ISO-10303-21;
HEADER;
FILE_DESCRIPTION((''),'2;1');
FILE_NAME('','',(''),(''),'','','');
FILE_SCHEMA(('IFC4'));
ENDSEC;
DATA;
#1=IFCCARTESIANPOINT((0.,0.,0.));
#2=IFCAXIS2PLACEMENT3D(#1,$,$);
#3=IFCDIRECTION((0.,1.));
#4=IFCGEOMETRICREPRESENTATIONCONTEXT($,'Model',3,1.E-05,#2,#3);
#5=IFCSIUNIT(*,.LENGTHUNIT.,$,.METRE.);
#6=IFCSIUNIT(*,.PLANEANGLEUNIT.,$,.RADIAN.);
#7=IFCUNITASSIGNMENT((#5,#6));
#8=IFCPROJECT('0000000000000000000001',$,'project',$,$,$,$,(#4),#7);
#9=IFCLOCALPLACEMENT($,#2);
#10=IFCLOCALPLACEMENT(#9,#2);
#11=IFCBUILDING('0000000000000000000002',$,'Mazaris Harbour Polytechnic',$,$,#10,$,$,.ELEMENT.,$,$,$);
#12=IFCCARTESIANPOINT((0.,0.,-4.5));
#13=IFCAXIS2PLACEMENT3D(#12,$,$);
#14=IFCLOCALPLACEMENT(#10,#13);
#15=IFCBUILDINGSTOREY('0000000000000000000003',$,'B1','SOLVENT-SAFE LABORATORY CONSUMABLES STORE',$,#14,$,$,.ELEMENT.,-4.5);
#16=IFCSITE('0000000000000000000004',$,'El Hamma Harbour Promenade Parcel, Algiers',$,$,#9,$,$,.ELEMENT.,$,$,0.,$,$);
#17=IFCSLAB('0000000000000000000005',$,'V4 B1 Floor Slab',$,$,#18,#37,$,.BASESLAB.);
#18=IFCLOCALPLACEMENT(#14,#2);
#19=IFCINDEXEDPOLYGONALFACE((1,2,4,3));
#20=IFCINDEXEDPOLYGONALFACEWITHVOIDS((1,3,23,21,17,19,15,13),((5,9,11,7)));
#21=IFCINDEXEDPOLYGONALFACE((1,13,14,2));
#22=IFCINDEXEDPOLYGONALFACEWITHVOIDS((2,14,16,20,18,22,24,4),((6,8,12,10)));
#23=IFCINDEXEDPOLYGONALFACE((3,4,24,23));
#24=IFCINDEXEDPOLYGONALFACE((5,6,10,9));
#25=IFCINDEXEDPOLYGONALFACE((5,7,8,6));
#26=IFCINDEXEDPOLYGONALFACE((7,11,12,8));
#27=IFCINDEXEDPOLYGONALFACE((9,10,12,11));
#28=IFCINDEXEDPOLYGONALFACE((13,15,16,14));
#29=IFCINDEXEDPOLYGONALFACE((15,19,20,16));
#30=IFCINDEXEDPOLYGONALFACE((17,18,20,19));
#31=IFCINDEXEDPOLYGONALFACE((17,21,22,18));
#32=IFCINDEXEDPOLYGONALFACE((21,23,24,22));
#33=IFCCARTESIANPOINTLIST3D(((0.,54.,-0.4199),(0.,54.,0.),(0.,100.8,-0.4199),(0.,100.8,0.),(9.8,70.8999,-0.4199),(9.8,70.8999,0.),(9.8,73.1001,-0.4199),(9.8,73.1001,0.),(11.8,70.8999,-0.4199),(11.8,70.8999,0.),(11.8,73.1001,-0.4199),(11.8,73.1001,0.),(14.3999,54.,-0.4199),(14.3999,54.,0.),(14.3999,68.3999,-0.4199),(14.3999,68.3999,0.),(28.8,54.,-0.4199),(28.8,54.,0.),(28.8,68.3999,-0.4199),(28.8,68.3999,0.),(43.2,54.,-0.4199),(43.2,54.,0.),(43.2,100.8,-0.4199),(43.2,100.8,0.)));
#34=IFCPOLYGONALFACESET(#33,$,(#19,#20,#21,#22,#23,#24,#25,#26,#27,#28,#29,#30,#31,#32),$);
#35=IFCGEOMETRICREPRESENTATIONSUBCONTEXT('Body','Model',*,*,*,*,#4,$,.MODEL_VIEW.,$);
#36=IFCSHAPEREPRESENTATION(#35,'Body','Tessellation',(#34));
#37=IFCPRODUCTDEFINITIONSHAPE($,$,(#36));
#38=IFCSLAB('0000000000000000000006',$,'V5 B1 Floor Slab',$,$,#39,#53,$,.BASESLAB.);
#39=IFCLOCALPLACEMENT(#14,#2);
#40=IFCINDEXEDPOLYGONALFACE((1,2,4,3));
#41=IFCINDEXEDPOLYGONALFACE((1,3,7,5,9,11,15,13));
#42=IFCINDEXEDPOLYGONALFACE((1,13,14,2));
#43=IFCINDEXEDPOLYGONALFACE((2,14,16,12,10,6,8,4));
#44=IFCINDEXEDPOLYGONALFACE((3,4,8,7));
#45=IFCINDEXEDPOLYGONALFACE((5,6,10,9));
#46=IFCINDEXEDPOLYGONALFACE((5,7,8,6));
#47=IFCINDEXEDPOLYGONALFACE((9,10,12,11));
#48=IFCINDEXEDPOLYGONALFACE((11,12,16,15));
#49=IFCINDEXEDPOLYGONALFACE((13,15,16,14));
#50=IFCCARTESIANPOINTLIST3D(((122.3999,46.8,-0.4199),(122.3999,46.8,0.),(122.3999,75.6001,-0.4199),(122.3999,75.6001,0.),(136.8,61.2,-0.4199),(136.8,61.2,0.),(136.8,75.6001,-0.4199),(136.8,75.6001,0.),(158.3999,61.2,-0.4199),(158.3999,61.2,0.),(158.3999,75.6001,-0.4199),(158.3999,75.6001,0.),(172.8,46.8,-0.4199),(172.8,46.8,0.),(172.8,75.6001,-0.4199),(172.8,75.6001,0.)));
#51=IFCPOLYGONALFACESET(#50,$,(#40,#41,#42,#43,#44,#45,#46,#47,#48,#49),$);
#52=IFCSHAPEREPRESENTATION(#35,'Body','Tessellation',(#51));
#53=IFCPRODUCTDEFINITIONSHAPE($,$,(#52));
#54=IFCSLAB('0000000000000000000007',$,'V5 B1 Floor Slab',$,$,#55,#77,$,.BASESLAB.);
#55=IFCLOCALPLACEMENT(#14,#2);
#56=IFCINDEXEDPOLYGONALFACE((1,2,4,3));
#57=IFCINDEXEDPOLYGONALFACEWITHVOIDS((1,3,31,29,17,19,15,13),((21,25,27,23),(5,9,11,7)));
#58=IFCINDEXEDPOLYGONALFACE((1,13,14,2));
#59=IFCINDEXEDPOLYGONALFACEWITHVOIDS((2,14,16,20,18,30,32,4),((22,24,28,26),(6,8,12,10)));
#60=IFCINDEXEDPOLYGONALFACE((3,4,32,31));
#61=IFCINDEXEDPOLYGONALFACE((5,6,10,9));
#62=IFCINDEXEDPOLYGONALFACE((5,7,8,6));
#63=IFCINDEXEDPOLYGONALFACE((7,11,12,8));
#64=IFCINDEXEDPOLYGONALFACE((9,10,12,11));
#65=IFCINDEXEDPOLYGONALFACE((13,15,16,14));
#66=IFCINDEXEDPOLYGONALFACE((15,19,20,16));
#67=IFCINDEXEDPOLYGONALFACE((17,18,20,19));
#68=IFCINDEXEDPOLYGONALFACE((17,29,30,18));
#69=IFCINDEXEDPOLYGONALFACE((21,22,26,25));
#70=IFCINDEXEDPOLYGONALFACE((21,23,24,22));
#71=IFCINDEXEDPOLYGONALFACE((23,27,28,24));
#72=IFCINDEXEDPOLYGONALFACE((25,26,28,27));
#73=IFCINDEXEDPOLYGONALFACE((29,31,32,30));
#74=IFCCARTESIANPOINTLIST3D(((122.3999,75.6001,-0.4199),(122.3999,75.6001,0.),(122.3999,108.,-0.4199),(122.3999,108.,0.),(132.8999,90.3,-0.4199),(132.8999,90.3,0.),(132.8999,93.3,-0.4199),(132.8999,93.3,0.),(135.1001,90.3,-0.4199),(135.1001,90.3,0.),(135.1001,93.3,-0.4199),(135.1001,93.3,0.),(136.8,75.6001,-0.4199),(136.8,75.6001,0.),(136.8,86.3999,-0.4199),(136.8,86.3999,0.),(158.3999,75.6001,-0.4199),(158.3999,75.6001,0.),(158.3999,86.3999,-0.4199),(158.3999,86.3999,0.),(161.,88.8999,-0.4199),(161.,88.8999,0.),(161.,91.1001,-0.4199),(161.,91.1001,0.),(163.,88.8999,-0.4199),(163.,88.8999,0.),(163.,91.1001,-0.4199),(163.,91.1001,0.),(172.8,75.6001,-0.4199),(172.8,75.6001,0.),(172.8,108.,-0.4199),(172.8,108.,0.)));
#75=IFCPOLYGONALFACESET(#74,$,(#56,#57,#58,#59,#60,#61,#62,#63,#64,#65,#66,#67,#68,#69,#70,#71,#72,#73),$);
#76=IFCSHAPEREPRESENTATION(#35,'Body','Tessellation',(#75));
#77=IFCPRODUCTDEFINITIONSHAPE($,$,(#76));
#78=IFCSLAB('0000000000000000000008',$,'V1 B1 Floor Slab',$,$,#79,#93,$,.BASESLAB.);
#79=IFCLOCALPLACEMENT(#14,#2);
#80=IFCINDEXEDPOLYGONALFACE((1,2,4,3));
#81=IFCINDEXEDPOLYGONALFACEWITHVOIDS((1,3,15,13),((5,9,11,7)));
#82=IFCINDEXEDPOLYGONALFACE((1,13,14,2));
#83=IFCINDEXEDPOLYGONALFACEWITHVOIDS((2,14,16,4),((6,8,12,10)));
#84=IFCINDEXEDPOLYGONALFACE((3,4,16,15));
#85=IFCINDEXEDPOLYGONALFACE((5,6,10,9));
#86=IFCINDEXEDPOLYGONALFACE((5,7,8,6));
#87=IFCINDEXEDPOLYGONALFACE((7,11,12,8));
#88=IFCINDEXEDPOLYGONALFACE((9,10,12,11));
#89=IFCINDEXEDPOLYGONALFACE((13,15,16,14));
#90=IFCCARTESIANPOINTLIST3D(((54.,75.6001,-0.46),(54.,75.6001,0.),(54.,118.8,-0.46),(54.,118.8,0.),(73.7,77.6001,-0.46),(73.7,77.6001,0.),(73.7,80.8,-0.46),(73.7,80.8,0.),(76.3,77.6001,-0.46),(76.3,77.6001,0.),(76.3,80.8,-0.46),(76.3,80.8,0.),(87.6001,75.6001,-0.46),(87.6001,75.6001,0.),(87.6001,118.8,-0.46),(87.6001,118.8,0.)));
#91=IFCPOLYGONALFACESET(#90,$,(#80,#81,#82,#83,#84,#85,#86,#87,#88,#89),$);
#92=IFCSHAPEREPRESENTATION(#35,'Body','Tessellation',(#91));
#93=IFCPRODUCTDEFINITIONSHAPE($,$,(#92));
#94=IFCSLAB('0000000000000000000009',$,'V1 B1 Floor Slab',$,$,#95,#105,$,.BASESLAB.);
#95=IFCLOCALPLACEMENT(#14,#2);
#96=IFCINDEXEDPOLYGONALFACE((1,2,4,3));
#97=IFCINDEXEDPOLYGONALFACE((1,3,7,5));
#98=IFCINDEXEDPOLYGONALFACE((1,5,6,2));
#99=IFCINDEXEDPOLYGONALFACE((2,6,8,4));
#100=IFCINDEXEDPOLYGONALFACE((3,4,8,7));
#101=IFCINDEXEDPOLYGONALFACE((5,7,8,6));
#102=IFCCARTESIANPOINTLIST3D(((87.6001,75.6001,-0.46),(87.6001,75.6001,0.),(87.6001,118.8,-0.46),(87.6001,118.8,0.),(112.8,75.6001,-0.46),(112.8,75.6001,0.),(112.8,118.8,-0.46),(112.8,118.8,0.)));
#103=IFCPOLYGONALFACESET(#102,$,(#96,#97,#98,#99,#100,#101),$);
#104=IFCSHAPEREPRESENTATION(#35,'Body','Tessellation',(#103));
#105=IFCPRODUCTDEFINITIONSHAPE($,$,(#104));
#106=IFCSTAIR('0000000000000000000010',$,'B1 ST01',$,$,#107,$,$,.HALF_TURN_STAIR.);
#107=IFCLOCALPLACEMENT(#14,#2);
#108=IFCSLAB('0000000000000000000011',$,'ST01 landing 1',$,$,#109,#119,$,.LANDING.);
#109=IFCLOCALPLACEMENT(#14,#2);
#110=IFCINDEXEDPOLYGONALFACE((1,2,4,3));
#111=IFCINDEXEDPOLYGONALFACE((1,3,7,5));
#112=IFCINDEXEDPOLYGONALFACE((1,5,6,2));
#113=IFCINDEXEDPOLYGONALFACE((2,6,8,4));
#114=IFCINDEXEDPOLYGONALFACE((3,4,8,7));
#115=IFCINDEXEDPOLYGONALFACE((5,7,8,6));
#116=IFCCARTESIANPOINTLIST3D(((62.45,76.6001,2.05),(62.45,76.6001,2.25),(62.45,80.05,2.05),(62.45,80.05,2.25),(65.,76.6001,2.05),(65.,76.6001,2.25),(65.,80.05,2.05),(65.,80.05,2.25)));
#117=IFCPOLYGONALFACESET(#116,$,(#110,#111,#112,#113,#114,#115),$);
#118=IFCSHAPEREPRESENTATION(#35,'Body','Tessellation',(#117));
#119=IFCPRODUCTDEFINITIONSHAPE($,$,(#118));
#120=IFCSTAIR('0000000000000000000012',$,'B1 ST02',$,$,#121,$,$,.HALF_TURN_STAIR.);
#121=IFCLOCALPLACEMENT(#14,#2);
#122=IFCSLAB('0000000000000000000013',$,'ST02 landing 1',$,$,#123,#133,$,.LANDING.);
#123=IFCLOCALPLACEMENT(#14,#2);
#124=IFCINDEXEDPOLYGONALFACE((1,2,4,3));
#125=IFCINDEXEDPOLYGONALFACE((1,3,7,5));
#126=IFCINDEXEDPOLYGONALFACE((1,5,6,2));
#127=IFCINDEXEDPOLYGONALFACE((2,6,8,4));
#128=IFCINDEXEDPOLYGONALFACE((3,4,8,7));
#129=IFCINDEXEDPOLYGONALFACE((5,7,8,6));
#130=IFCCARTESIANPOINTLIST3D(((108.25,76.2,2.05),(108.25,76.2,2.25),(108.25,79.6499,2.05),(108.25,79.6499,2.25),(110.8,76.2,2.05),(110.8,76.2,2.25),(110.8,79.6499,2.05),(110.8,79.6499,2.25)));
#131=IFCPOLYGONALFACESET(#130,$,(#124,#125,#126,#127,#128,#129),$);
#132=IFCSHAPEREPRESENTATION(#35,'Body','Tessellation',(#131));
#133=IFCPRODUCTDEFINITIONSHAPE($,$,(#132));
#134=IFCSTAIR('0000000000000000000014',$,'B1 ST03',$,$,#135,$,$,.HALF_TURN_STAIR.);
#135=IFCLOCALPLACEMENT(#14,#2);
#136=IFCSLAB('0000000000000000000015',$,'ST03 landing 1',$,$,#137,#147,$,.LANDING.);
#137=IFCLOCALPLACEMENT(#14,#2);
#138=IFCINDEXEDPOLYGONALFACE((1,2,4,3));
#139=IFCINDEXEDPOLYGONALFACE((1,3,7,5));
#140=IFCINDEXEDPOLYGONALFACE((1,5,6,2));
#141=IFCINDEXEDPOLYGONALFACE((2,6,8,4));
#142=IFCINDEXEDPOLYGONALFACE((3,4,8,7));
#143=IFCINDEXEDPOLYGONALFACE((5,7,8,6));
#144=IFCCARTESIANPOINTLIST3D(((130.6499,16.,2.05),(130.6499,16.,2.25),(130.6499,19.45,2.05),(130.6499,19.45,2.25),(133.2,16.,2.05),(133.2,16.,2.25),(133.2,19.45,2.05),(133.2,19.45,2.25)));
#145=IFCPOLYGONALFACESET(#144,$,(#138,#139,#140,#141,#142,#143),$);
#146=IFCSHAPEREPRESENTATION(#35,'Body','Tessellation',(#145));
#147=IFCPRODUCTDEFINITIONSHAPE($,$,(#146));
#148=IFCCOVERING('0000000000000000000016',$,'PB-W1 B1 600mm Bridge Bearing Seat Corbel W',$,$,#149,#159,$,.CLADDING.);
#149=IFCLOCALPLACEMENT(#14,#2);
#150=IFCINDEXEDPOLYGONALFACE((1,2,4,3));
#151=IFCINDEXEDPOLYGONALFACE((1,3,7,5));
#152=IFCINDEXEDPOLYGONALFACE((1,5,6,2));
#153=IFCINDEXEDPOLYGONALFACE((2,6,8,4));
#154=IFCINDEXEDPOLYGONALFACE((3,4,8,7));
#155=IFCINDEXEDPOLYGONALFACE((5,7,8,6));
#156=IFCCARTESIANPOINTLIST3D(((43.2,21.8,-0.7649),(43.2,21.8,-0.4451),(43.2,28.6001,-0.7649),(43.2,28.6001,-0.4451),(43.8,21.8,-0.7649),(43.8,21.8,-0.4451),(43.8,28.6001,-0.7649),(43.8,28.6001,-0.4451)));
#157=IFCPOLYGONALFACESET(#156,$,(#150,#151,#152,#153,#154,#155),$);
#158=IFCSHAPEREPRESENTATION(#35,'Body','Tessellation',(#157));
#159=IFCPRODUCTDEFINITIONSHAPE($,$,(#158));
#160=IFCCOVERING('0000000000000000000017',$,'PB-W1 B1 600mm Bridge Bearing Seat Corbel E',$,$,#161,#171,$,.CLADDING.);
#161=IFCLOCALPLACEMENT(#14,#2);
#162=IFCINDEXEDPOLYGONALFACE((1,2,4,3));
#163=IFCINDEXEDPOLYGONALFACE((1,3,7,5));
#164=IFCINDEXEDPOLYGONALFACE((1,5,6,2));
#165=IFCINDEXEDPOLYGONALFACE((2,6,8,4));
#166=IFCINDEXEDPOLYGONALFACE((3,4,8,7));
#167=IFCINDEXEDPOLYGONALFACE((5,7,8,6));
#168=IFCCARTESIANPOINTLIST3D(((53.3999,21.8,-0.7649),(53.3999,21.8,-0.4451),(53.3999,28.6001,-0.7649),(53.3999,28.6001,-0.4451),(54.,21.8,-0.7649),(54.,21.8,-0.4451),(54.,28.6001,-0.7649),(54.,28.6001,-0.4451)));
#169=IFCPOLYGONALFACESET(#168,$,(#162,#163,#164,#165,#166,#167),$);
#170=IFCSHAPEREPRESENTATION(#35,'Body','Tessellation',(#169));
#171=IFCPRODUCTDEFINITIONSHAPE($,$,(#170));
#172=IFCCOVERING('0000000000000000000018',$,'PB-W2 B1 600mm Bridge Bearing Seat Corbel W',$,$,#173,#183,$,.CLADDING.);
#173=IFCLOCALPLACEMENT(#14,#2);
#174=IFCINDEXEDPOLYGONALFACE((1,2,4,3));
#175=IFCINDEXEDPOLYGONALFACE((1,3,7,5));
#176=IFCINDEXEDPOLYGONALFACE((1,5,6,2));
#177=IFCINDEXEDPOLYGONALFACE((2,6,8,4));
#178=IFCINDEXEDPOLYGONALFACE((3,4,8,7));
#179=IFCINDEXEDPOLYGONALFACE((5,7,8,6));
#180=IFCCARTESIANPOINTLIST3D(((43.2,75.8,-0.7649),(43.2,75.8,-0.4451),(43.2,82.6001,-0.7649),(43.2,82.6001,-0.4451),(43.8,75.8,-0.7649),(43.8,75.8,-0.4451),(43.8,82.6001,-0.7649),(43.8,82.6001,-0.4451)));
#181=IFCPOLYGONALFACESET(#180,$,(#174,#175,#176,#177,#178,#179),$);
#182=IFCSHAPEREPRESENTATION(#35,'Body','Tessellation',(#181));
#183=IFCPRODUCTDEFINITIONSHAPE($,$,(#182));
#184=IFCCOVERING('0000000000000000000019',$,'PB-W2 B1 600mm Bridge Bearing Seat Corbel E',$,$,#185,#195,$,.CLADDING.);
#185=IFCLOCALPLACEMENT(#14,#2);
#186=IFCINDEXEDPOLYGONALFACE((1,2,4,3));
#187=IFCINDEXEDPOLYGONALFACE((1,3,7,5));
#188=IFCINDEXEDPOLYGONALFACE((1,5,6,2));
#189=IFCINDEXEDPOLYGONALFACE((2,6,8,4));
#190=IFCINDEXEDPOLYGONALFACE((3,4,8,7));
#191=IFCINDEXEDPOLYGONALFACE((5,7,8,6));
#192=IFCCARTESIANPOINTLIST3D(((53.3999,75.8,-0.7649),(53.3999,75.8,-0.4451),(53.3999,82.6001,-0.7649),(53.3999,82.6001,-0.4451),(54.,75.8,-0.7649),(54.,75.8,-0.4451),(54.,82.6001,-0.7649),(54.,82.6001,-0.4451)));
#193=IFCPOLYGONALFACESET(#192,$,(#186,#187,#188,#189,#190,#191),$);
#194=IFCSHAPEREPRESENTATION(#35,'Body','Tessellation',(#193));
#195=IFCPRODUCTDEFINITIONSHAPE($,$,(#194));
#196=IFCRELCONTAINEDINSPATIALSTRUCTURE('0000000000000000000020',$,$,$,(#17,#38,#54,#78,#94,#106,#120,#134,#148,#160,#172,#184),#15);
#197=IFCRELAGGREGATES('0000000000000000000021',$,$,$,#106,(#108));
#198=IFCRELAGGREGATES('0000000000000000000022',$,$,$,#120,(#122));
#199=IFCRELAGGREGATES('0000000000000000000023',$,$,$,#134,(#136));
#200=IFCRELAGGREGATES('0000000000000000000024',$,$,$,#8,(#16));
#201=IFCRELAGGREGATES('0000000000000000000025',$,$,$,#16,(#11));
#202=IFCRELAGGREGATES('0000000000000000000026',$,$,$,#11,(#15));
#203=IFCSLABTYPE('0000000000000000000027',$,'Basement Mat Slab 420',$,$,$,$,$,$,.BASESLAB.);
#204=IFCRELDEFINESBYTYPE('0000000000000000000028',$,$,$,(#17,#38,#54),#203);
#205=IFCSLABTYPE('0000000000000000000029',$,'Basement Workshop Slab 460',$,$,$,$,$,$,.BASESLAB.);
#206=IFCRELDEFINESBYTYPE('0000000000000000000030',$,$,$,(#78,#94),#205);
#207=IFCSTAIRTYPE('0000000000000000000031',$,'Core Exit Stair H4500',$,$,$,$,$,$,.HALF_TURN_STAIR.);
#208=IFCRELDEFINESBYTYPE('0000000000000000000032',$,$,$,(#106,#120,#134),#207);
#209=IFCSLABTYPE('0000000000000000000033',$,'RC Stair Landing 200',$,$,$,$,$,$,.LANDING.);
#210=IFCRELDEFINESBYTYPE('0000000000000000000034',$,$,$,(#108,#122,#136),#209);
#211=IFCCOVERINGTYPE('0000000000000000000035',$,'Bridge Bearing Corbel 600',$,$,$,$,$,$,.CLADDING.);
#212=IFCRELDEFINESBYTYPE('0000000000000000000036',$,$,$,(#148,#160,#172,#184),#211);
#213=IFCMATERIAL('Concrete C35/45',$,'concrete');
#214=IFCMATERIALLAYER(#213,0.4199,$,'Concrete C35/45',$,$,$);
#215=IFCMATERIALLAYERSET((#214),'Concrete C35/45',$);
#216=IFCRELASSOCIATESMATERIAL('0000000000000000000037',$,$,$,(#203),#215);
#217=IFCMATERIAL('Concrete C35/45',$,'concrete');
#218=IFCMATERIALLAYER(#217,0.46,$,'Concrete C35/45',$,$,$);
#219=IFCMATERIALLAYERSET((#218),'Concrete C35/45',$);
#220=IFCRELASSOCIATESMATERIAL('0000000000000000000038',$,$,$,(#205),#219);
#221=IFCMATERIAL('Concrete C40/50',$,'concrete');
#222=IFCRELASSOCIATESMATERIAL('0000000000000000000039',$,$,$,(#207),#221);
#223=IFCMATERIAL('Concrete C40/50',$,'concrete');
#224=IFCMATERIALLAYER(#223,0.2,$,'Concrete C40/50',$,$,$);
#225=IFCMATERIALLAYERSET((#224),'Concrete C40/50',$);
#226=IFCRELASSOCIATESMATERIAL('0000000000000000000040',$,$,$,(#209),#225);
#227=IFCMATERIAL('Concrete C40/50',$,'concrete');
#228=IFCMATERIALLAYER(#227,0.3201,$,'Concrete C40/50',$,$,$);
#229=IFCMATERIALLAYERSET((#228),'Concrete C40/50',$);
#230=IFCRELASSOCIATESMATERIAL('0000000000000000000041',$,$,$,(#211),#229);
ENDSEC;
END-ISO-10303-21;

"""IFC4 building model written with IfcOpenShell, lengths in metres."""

from ifc_helpers import new_model, si_unit, direction, frame, origin, place, context, subcontext, project, spatial, polyline, outline, extrude, material, layer, layer_set, type_object, element, aggregate, save


model = new_model("IFC4")

# Units and contexts
model_context = context("Model", 3, precision=1e-05, world=origin(), true_north=direction((0.0, 1.0)))
body_context = subcontext(model_context, "Body", "Model", "MODEL_VIEW")
ifc_project = project(units=[si_unit("LENGTHUNIT", "METRE"), si_unit("PLANEANGLEUNIT", "RADIAN")], contexts=[model_context])

# Site, building, storey
site_placement = place(None, origin())
site = spatial("IfcSite", under=ifc_project, at=site_placement, Name="El Hamma Harbour Promenade Parcel, Algiers", CompositionType="ELEMENT", RefElevation=0.0)
building_placement = place(site_placement, origin())
building = spatial("IfcBuilding", under=site, at=building_placement, Name="Mazaris Harbour Polytechnic", CompositionType="ELEMENT")
storey_placement = place(building_placement, frame((0.0, 0.0, -4.5)))
storey = spatial("IfcBuildingStorey", under=building, at=storey_placement, Name="B1", Description="SOLVENT-SAFE LABORATORY CONSUMABLES STORE", CompositionType="ELEMENT", Elevation=-4.5)

# Slabs
ifc_material_1 = material(Name="Concrete C35/45", Category="concrete")
ifc_layer_1 = layer(ifc_material_1, 0.4199, Name="Concrete C35/45")
ifc_layer_set_1 = layer_set([ifc_layer_1], Name="Concrete C35/45")
slab_type_1 = type_object("IfcSlabType", Name="Basement Mat Slab 420", PredefinedType="BASESLAB", material=ifc_layer_set_1)
slab_1_placement = place(storey_placement, frame((0.0, 0.0, -0.4199)))
element("IfcSlab", 1, at=slab_1_placement, inside=storey, type_object=slab_type_1, Name="V4 B1 Floor Slab", PredefinedType="BASESLAB", context=body_context, shape_type="SweptSolid", body=[
    extrude(outline(polyline([(43.2, 54.0), (28.8, 54.0), (28.8, 68.3999), (14.3999, 68.3999), (14.3999, 54.0), (0.0, 54.0), (0.0, 100.8), (43.2, 100.8), (43.2, 54.0)]), holes=[polyline([(9.8, 73.1001), (9.8, 70.8999), (11.8, 70.8999), (11.8, 73.1001), (9.8, 73.1001)])]), origin(), (0.0, 0.0, 1.0), 0.4199),
])
slab_2_placement = place(storey_placement, frame((0.0, 0.0, -0.4199)))
element("IfcSlab", 2, at=slab_2_placement, inside=storey, type_object=slab_type_1, Name="V5 B1 Floor Slab", PredefinedType="BASESLAB", context=body_context, shape_type="SweptSolid", body=[
    extrude(outline(polyline([(172.8, 46.8), (122.3999, 46.8), (122.3999, 75.6001), (136.8, 75.6001), (136.8, 61.2), (158.3999, 61.2), (158.3999, 75.6001), (172.8, 75.6001), (172.8, 46.8)])), origin(), (0.0, 0.0, 1.0), 0.4199),
])
slab_3_placement = place(storey_placement, frame((0.0, 0.0, -0.4199)))
element("IfcSlab", 3, at=slab_3_placement, inside=storey, type_object=slab_type_1, Name="V5 B1 Floor Slab", PredefinedType="BASESLAB", context=body_context, shape_type="SweptSolid", body=[
    extrude(outline(polyline([(172.8, 75.6001), (158.3999, 75.6001), (158.3999, 86.3999), (136.8, 86.3999), (136.8, 75.6001), (122.3999, 75.6001), (122.3999, 108.0), (172.8, 108.0), (172.8, 75.6001)]), holes=[polyline([(132.8999, 90.3), (135.1001, 90.3), (135.1001, 93.3), (132.8999, 93.3), (132.8999, 90.3)]), polyline([(161.0, 91.1001), (161.0, 88.8999), (163.0, 88.8999), (163.0, 91.1001), (161.0, 91.1001)])]), origin(), (0.0, 0.0, 1.0), 0.4199),
])
ifc_material_2 = material(Name="Concrete C35/45", Category="concrete")
ifc_layer_2 = layer(ifc_material_2, 0.46, Name="Concrete C35/45")
ifc_layer_set_2 = layer_set([ifc_layer_2], Name="Concrete C35/45")
slab_type_2 = type_object("IfcSlabType", Name="Basement Workshop Slab 460", PredefinedType="BASESLAB", material=ifc_layer_set_2)
slab_4_placement = place(storey_placement, frame((0.0, 0.0, -0.46)))
element("IfcSlab", 4, at=slab_4_placement, inside=storey, type_object=slab_type_2, Name="V1 B1 Floor Slab", PredefinedType="BASESLAB", context=body_context, shape_type="SweptSolid", body=[
    extrude(outline(polyline([(54.0, 118.8), (87.6001, 118.8), (87.6001, 75.6001), (54.0, 75.6001), (54.0, 118.8)]), holes=[polyline([(73.7, 80.8), (73.7, 77.6001), (76.3, 77.6001), (76.3, 80.8), (73.7, 80.8)])]), origin(), (0.0, 0.0, 1.0), 0.46),
])
slab_5_placement = place(storey_placement, frame((0.0, 0.0, -0.46)))
element("IfcSlab", 5, at=slab_5_placement, inside=storey, type_object=slab_type_2, Name="V1 B1 Floor Slab", PredefinedType="BASESLAB", context=body_context, shape_type="SweptSolid", body=[
    extrude(outline(polyline([(112.8, 118.8), (112.8, 75.6001), (87.6001, 75.6001), (87.6001, 118.8), (112.8, 118.8)])), origin(), (0.0, 0.0, 1.0), 0.46),
])

# Stairs, slabs
ifc_material_3 = material(Name="Concrete C40/50", Category="concrete")
stair_type = type_object("IfcStairType", Name="Core Exit Stair H4500", PredefinedType="HALF_TURN_STAIR", material=ifc_material_3)
stair_1_placement = place(storey_placement, origin())
stair_1 = element("IfcStair", 6, at=stair_1_placement, inside=storey, type_object=stair_type, Name="B1 ST01", PredefinedType="HALF_TURN_STAIR")
ifc_material_4 = material(Name="Concrete C40/50", Category="concrete")
ifc_layer_3 = layer(ifc_material_4, 0.2, Name="Concrete C40/50")
ifc_layer_set_3 = layer_set([ifc_layer_3], Name="Concrete C40/50")
slab_type_3 = type_object("IfcSlabType", Name="RC Stair Landing 200", PredefinedType="LANDING", material=ifc_layer_set_3)
slab_6_placement = place(storey_placement, frame((0.0, 0.0, 2.05)))
slab_6 = element("IfcSlab", 7, at=slab_6_placement, type_object=slab_type_3, Name="ST01 landing 1", PredefinedType="LANDING", context=body_context, shape_type="SweptSolid", body=[
    extrude(outline(polyline([(62.45, 76.6001), (65.0, 76.6001), (65.0, 80.05), (62.45, 80.05), (62.45, 76.6001)])), origin(), (0.0, 0.0, 1.0), 0.2),
])
aggregate(stair_1, [slab_6])
stair_2_placement = place(storey_placement, origin())
stair_2 = element("IfcStair", 8, at=stair_2_placement, inside=storey, type_object=stair_type, Name="B1 ST02", PredefinedType="HALF_TURN_STAIR")
slab_7_placement = place(storey_placement, frame((0.0, 0.0, 2.05)))
slab_7 = element("IfcSlab", 9, at=slab_7_placement, type_object=slab_type_3, Name="ST02 landing 1", PredefinedType="LANDING", context=body_context, shape_type="SweptSolid", body=[
    extrude(outline(polyline([(108.25, 76.2), (110.8, 76.2), (110.8, 79.6499), (108.25, 79.6499), (108.25, 76.2)])), origin(), (0.0, 0.0, 1.0), 0.2),
])
aggregate(stair_2, [slab_7])
stair_3_placement = place(storey_placement, origin())
stair_3 = element("IfcStair", 10, at=stair_3_placement, inside=storey, type_object=stair_type, Name="B1 ST03", PredefinedType="HALF_TURN_STAIR")
slab_8_placement = place(storey_placement, frame((0.0, 0.0, 2.05)))
slab_8 = element("IfcSlab", 11, at=slab_8_placement, type_object=slab_type_3, Name="ST03 landing 1", PredefinedType="LANDING", context=body_context, shape_type="SweptSolid", body=[
    extrude(outline(polyline([(130.6499, 16.0), (133.2, 16.0), (133.2, 19.45), (130.6499, 19.45), (130.6499, 16.0)])), origin(), (0.0, 0.0, 1.0), 0.2),
])
aggregate(stair_3, [slab_8])

# Coverings
ifc_material_5 = material(Name="Concrete C40/50", Category="concrete")
ifc_layer_4 = layer(ifc_material_5, 0.3201, Name="Concrete C40/50")
ifc_layer_set_4 = layer_set([ifc_layer_4], Name="Concrete C40/50")
covering_type = type_object("IfcCoveringType", Name="Bridge Bearing Corbel 600", PredefinedType="CLADDING", material=ifc_layer_set_4)
covering_1_placement = place(storey_placement, frame((0.0, 0.0, -0.7649)))
element("IfcCovering", 12, at=covering_1_placement, inside=storey, type_object=covering_type, Name="PB-W1 B1 600mm Bridge Bearing Seat Corbel W", PredefinedType="CLADDING", context=body_context, shape_type="SweptSolid", body=[
    extrude(outline(polyline([(43.2, 21.8), (43.8, 21.8), (43.8, 28.6001), (43.2, 28.6001), (43.2, 21.8)])), origin(), (0.0, 0.0, 1.0), 0.3198),
])
covering_2_placement = place(storey_placement, frame((0.0, 0.0, -0.7649)))
element("IfcCovering", 13, at=covering_2_placement, inside=storey, type_object=covering_type, Name="PB-W1 B1 600mm Bridge Bearing Seat Corbel E", PredefinedType="CLADDING", context=body_context, shape_type="SweptSolid", body=[
    extrude(outline(polyline([(53.3999, 21.8), (54.0, 21.8), (54.0, 28.6001), (53.3999, 28.6001), (53.3999, 21.8)])), origin(), (0.0, 0.0, 1.0), 0.3198),
])
covering_3_placement = place(storey_placement, frame((0.0, 0.0, -0.7649)))
element("IfcCovering", 14, at=covering_3_placement, inside=storey, type_object=covering_type, Name="PB-W2 B1 600mm Bridge Bearing Seat Corbel W", PredefinedType="CLADDING", context=body_context, shape_type="SweptSolid", body=[
    extrude(outline(polyline([(43.2, 75.8), (43.8, 75.8), (43.8, 82.6001), (43.2, 82.6001), (43.2, 75.8)])), origin(), (0.0, 0.0, 1.0), 0.3198),
])
covering_4_placement = place(storey_placement, frame((0.0, 0.0, -0.7649)))
element("IfcCovering", 15, at=covering_4_placement, inside=storey, type_object=covering_type, Name="PB-W2 B1 600mm Bridge Bearing Seat Corbel E", PredefinedType="CLADDING", context=body_context, shape_type="SweptSolid", body=[
    extrude(outline(polyline([(53.3999, 75.8), (54.0, 75.8), (54.0, 82.6001), (53.3999, 82.6001), (53.3999, 75.8)])), origin(), (0.0, 0.0, 1.0), 0.3198),
])

save(model, "model.ifc")
